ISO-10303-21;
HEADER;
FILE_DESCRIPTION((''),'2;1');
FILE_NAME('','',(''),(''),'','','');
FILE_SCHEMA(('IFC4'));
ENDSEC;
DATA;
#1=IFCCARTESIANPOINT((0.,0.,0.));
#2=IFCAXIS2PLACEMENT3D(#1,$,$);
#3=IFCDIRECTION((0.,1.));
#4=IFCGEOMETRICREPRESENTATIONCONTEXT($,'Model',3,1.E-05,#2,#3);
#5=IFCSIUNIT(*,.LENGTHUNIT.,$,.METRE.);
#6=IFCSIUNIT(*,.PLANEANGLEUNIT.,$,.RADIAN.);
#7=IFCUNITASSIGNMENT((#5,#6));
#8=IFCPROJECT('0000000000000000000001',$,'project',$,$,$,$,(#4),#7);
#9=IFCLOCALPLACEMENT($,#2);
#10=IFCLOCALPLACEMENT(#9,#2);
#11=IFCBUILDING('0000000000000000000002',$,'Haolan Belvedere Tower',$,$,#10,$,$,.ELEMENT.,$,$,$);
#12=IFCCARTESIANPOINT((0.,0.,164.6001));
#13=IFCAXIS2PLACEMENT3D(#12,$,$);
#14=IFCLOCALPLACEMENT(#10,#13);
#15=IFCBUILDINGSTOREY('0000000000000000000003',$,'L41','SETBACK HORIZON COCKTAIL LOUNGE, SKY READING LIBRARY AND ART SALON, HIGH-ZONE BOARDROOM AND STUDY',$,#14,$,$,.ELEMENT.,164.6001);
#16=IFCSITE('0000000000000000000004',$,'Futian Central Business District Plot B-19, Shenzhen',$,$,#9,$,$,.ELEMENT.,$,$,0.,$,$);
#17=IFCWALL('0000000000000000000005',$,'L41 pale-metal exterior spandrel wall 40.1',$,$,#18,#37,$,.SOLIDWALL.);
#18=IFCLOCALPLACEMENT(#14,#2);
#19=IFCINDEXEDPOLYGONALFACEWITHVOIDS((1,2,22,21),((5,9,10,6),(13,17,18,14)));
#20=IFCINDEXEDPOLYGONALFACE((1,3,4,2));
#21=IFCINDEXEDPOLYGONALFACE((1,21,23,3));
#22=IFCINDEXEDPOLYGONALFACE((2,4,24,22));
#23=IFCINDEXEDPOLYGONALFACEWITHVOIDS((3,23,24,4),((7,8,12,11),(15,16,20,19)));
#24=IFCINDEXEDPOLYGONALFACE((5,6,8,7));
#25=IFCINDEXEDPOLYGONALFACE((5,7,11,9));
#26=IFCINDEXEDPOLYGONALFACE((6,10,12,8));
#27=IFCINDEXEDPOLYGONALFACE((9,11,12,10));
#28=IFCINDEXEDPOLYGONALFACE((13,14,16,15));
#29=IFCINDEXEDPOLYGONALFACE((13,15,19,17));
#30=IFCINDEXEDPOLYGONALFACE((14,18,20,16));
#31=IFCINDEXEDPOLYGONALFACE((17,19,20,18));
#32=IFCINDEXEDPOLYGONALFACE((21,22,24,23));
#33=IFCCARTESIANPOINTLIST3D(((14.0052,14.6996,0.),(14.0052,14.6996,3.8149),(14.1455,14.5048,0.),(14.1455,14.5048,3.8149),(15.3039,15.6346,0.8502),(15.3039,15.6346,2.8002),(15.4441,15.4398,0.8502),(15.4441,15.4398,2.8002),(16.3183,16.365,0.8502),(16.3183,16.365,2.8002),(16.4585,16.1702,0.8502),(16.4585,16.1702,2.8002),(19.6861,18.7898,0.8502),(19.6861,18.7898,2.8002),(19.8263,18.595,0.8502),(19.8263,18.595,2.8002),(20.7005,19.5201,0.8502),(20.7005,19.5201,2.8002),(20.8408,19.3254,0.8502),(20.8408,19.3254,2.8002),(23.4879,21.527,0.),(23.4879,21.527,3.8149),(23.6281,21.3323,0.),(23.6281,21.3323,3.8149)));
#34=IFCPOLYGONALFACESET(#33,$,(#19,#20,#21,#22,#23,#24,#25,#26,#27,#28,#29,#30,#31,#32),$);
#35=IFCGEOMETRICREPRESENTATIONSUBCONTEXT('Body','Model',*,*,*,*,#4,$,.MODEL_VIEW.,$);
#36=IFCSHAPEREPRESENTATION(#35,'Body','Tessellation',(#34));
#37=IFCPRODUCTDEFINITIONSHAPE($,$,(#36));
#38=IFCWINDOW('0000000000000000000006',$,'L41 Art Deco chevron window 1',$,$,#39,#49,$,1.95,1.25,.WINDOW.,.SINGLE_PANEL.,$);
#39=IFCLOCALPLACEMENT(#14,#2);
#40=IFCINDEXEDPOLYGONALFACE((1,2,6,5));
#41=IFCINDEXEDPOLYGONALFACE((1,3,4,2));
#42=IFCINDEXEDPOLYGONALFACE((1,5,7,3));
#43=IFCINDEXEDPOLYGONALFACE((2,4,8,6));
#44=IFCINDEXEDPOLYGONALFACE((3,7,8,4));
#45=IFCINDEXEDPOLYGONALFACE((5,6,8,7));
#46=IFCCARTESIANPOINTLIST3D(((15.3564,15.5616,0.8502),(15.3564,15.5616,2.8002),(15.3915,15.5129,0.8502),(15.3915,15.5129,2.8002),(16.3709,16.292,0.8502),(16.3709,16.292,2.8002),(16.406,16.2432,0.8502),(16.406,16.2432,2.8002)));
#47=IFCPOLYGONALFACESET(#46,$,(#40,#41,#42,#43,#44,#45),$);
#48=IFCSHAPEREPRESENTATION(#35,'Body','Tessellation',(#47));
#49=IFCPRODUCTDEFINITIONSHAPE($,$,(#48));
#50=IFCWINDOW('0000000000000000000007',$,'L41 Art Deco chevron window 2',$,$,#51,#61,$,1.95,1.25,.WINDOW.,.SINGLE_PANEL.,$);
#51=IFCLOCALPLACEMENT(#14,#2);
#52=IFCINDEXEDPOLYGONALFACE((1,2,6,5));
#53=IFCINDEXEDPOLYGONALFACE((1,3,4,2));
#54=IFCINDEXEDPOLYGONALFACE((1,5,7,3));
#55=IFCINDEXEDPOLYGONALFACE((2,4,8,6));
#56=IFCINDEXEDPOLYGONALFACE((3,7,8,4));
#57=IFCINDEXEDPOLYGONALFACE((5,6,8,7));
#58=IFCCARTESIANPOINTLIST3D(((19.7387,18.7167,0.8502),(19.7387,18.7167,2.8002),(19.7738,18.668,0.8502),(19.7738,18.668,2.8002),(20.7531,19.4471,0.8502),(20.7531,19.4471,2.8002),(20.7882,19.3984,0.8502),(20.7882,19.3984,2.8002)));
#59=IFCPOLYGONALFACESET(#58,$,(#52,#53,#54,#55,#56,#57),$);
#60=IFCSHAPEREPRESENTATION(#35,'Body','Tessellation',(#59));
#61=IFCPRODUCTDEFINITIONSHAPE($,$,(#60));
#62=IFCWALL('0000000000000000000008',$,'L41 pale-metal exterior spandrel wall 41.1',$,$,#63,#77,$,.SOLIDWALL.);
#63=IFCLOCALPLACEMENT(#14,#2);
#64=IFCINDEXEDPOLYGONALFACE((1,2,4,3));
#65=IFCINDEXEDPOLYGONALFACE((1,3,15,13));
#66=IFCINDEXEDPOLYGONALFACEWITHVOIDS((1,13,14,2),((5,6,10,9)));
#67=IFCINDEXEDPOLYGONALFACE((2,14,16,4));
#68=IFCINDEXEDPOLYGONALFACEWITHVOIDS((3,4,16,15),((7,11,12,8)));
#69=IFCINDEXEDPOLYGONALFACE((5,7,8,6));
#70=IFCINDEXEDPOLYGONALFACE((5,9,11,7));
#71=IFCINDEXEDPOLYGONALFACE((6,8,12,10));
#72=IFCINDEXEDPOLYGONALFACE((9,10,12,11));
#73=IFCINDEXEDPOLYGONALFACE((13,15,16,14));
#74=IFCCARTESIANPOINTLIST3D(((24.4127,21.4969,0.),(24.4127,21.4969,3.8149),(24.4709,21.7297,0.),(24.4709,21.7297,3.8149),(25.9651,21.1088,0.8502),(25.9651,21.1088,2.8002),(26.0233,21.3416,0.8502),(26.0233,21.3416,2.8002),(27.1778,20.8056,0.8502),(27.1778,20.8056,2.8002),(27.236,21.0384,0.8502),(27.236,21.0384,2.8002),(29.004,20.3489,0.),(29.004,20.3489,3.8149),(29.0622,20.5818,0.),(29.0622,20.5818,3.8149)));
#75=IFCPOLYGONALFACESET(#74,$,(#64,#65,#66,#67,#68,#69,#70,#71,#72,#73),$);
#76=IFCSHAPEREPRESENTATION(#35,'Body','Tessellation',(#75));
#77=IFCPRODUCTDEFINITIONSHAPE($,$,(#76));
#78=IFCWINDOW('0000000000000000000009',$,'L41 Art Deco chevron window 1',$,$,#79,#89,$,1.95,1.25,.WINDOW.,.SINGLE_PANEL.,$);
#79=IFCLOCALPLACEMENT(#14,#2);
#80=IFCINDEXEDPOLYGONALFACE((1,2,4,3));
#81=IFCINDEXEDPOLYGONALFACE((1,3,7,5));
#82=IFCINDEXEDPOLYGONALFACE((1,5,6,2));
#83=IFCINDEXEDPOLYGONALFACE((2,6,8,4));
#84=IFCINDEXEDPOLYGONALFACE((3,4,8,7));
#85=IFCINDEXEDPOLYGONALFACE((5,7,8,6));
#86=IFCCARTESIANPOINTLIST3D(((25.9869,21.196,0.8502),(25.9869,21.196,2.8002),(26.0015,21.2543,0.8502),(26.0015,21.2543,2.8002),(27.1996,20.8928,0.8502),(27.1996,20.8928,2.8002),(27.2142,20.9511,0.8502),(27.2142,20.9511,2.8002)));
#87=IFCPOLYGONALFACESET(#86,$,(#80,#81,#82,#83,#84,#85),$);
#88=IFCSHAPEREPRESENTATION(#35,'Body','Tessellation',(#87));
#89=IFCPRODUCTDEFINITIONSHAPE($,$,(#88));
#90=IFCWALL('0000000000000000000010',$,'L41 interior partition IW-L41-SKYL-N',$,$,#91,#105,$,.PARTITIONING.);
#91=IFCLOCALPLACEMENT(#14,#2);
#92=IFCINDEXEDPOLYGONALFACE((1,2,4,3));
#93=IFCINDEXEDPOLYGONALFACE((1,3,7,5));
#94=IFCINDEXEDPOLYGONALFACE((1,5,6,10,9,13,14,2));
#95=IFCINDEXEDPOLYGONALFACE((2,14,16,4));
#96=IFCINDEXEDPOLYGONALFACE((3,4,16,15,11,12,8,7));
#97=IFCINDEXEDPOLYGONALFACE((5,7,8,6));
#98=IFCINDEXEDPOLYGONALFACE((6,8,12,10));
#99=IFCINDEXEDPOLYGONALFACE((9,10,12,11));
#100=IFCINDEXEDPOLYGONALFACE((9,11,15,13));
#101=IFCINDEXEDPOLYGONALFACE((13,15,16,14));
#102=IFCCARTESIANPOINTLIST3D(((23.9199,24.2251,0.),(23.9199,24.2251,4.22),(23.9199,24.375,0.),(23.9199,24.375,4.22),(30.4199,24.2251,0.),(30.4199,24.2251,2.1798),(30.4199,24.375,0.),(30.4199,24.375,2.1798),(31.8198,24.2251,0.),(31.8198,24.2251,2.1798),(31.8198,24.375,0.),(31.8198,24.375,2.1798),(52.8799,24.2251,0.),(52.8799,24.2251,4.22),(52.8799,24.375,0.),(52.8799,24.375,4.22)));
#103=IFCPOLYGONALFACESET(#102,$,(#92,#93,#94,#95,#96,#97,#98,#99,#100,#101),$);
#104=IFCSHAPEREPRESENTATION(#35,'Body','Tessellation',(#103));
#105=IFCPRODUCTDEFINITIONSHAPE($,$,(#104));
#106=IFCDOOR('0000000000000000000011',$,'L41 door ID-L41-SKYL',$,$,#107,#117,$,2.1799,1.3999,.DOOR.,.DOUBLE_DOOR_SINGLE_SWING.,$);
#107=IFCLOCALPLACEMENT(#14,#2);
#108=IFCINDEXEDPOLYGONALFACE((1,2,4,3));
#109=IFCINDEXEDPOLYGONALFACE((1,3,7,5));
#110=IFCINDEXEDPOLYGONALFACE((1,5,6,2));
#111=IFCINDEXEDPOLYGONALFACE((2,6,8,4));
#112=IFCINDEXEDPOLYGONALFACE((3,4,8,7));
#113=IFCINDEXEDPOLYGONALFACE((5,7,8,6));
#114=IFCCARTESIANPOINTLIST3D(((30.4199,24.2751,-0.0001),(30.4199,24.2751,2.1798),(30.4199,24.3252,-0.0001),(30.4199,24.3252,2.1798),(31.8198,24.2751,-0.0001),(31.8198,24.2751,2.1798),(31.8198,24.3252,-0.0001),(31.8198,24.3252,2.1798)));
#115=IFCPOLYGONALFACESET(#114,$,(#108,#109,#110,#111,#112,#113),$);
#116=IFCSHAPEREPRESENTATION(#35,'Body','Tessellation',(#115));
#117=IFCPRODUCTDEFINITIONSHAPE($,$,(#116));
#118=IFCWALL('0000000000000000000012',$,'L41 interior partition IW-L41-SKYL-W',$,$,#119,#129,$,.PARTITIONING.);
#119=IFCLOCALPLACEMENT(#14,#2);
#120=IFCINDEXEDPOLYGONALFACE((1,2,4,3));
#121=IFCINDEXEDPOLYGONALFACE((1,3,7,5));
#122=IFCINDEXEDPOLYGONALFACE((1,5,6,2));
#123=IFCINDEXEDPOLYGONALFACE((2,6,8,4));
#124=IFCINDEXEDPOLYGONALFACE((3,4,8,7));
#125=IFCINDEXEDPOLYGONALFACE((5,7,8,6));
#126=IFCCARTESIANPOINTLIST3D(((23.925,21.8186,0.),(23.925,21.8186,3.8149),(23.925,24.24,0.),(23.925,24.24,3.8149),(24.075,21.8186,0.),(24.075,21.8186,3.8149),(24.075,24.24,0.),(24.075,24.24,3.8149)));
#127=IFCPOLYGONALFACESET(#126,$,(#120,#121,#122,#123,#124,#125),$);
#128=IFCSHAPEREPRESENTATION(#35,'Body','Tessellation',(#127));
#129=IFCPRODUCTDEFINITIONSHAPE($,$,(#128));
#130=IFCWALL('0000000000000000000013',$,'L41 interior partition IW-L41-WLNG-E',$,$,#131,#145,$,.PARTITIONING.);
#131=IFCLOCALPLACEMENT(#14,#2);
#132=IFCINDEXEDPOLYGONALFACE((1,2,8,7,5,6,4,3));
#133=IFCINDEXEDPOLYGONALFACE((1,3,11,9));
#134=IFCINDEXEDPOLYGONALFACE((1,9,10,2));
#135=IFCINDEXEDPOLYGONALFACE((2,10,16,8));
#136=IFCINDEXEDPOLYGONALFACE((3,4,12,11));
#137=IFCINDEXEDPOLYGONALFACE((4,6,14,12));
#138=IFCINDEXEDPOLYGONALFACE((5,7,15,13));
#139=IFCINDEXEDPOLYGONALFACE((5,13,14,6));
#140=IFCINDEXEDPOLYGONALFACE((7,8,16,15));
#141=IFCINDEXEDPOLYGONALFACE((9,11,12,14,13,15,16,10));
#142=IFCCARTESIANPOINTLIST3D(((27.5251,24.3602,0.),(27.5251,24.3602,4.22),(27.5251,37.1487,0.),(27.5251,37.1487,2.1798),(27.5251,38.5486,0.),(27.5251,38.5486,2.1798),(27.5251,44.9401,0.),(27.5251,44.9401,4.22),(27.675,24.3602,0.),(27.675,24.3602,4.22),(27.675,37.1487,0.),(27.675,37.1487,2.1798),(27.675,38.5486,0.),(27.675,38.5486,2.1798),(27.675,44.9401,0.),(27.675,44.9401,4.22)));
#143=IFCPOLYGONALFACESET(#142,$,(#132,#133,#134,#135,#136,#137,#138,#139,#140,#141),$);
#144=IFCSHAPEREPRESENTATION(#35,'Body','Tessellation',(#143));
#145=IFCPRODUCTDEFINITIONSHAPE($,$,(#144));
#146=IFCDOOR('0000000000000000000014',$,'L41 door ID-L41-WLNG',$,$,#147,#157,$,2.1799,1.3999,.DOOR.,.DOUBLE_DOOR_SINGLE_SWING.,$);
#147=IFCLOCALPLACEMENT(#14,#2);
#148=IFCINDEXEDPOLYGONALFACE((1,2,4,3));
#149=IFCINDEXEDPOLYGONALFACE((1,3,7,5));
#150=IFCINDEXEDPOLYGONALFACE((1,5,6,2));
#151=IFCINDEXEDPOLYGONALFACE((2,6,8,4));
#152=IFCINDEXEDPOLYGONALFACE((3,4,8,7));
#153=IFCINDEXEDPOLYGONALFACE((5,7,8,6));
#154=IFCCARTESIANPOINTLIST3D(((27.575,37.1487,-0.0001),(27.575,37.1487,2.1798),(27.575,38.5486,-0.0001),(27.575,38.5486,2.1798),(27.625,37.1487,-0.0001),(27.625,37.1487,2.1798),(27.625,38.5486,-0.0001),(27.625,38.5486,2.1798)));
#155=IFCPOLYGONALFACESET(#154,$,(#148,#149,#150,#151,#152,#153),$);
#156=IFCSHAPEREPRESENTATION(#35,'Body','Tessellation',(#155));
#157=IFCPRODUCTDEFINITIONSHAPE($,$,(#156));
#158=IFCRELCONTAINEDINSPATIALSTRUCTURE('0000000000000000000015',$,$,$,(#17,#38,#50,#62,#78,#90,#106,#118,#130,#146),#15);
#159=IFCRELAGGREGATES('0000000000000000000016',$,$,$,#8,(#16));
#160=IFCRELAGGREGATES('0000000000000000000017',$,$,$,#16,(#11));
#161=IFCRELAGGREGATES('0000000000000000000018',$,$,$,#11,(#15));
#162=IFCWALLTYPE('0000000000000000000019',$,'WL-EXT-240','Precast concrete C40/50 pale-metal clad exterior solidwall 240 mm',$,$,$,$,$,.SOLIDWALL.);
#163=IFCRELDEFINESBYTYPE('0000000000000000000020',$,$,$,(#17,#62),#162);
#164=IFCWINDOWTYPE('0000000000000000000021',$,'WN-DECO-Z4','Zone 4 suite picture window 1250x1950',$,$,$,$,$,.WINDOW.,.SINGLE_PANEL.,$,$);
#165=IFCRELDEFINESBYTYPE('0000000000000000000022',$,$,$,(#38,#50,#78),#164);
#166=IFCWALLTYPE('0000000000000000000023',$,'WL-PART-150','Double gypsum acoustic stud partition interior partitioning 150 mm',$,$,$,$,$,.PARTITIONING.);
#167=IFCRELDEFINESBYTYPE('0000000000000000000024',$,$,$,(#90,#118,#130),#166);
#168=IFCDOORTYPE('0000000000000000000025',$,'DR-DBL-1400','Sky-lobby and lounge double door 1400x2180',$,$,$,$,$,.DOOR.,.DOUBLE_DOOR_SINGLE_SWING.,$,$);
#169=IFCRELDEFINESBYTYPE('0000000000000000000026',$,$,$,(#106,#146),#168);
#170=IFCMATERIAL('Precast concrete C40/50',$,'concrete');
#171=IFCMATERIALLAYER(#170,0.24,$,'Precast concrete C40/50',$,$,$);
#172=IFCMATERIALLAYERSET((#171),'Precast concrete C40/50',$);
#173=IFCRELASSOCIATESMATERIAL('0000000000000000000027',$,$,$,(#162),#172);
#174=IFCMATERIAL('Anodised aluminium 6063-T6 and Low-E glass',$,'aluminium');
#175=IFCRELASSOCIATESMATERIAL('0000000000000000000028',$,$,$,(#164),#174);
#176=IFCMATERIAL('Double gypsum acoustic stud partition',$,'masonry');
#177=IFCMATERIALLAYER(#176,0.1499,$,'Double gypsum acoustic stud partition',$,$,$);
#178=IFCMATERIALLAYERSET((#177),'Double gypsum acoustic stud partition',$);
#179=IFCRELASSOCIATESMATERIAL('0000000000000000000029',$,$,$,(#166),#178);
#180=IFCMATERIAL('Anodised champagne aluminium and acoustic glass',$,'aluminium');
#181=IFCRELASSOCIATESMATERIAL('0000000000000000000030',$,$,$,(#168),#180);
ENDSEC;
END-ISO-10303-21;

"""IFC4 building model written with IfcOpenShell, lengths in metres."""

from ifc_helpers import new_model, si_unit, direction, frame, frame_2d, origin, place, context, subcontext, project, spatial, rectangle, extrude, material, layer, layer_set, type_object, element, fill, save


model = new_model("IFC4")

# Units and contexts
model_context = context("Model", 3, precision=1e-05, world=origin(), true_north=direction((0.0, 1.0)))
body_context = subcontext(model_context, "Body", "Model", "MODEL_VIEW")
ifc_project = project(units=[si_unit("LENGTHUNIT", "METRE"), si_unit("PLANEANGLEUNIT", "RADIAN")], contexts=[model_context])

# Site, building, storey
site_placement = place(None, origin())
site = spatial("IfcSite", under=ifc_project, at=site_placement, Name="Futian Central Business District Plot B-19, Shenzhen", CompositionType="ELEMENT", RefElevation=0.0)
building_placement = place(site_placement, origin())
building = spatial("IfcBuilding", under=site, at=building_placement, Name="Haolan Belvedere Tower", CompositionType="ELEMENT")
storey_placement = place(building_placement, frame((0.0, 0.0, 164.6001)))
storey = spatial("IfcBuildingStorey", under=building, at=storey_placement, Name="L41", Description="SETBACK HORIZON COCKTAIL LOUNGE, SKY READING LIBRARY AND ART SALON, HIGH-ZONE BOARDROOM AND STUDY", CompositionType="ELEMENT", Elevation=164.6001)

# Shared definitions
ifc_material_1 = material(Name="Precast concrete C40/50", Category="concrete")
ifc_layer_1 = layer(ifc_material_1, 0.24, Name="Precast concrete C40/50")
ifc_layer_set_1 = layer_set([ifc_layer_1], Name="Precast concrete C40/50")
wall_type_1 = type_object("IfcWallType", Name="WL-EXT-240", Description="Precast concrete C40/50 pale-metal clad exterior solidwall 240 mm", PredefinedType="SOLIDWALL", material=ifc_layer_set_1)

# Wall, openings, windows
wall_1_placement = place(storey_placement, frame((14.0754, 14.6023, 0.0), z_axis=(0.0, 0.0, 1.0), x_axis=(0.811539, 0.584298, 0.0)))
wall_1 = element("IfcWall", 1, at=wall_1_placement, inside=storey, type_object=wall_type_1, Name="L41 pale-metal exterior spandrel wall 40.1", PredefinedType="SOLIDWALL", context=body_context, shape_type="SweptSolid", body=[
    extrude(rectangle(XDim=11.6848, YDim=0.24, at=frame_2d((5.8423, 0.0))), origin(), (0.0, 0.0, 1.0), 3.8149),
])
opening_1_placement = place(wall_1_placement, frame((1.6001, 0.0, 0.8501)))
opening_1 = element("IfcOpeningElement", 2, at=opening_1_placement, cuts=wall_1, PredefinedType="OPENING", context=body_context, shape_type="SweptSolid", body=[
    extrude(rectangle(XDim=1.25, YDim=1.95, at=frame_2d((0.625, 0.9751))), frame((0.0, 0.1299, 0.0), z_axis=(0.0, -1.0, 0.0), x_axis=(1.0, 0.0, 0.0)), (0.0, 0.0, 1.0), 0.26),
])
opening_2_placement = place(wall_1_placement, frame((7.0, 0.0, 0.8501)))
opening_2 = element("IfcOpeningElement", 3, at=opening_2_placement, cuts=wall_1, PredefinedType="OPENING", context=body_context, shape_type="SweptSolid", body=[
    extrude(rectangle(XDim=1.25, YDim=1.95, at=frame_2d((0.625, 0.9751))), frame((0.0, 0.1299, 0.0), z_axis=(0.0, -1.0, 0.0), x_axis=(1.0, 0.0, 0.0)), (0.0, 0.0, 1.0), 0.26),
])
ifc_material_2 = material(Name="Anodised aluminium 6063-T6 and Low-E glass", Category="aluminium")
window_type = type_object("IfcWindowType", Name="WN-DECO-Z4", Description="Zone 4 suite picture window 1250x1950", PartitioningType="SINGLE_PANEL", PredefinedType="WINDOW", material=ifc_material_2)
window_1_placement = place(opening_1_placement, origin())
window_1 = element("IfcWindow", 4, at=window_1_placement, inside=storey, type_object=window_type, Name="L41 Art Deco chevron window 1", OverallHeight=1.95, OverallWidth=1.25, PartitioningType="SINGLE_PANEL", PredefinedType="WINDOW", context=body_context, shape_type="SweptSolid", body=[
    extrude(rectangle(XDim=1.25, YDim=1.95, at=frame_2d((0.625, 0.9751))), frame((0.0, 0.03, 0.0), z_axis=(0.0, -1.0, 0.0), x_axis=(1.0, 0.0, 0.0)), (0.0, 0.0, 1.0), 0.0601),
])
fill(opening_1, window_1)
window_2_placement = place(opening_2_placement, origin())
window_2 = element("IfcWindow", 5, at=window_2_placement, inside=storey, type_object=window_type, Name="L41 Art Deco chevron window 2", OverallHeight=1.95, OverallWidth=1.25, PartitioningType="SINGLE_PANEL", PredefinedType="WINDOW", context=body_context, shape_type="SweptSolid", body=[
    extrude(rectangle(XDim=1.25, YDim=1.95, at=frame_2d((0.625, 0.9751))), frame((0.0, 0.03, 0.0), z_axis=(0.0, -1.0, 0.0), x_axis=(1.0, 0.0, 0.0)), (0.0, 0.0, 1.0), 0.0601),
])
fill(opening_2, window_2)

# Wall, opening, window
wall_2_placement = place(storey_placement, frame((24.4419, 21.6133, 0.0), z_axis=(0.0, 0.0, 1.0), x_axis=(0.970136, -0.24256, 0.0)))
wall_2 = element("IfcWall", 6, at=wall_2_placement, inside=storey, type_object=wall_type_1, Name="L41 pale-metal exterior spandrel wall 41.1", PredefinedType="SOLIDWALL", context=body_context, shape_type="SweptSolid", body=[
    extrude(rectangle(XDim=4.7327, YDim=0.24, at=frame_2d((2.3662, 0.0))), origin(), (0.0, 0.0, 1.0), 3.8149),
])
opening_3_placement = place(wall_2_placement, frame((1.6001, 0.0, 0.8501)))
opening_3 = element("IfcOpeningElement", 7, at=opening_3_placement, cuts=wall_2, PredefinedType="OPENING", context=body_context, shape_type="SweptSolid", body=[
    extrude(rectangle(XDim=1.25, YDim=1.95, at=frame_2d((0.625, 0.9751))), frame((0.0, 0.1299, 0.0), z_axis=(0.0, -1.0, 0.0), x_axis=(1.0, 0.0, 0.0)), (0.0, 0.0, 1.0), 0.26),
])
window_3_placement = place(opening_3_placement, origin())
window_3 = element("IfcWindow", 8, at=window_3_placement, inside=storey, type_object=window_type, Name="L41 Art Deco chevron window 1", OverallHeight=1.95, OverallWidth=1.25, PartitioningType="SINGLE_PANEL", PredefinedType="WINDOW", context=body_context, shape_type="SweptSolid", body=[
    extrude(rectangle(XDim=1.25, YDim=1.95, at=frame_2d((0.625, 0.9751))), frame((0.0, 0.03, 0.0), z_axis=(0.0, -1.0, 0.0), x_axis=(1.0, 0.0, 0.0)), (0.0, 0.0, 1.0), 0.0601),
])
fill(opening_3, window_3)

# Wall, opening, door
ifc_material_3 = material(Name="Double gypsum acoustic stud partition", Category="masonry")
ifc_layer_2 = layer(ifc_material_3, 0.1499, Name="Double gypsum acoustic stud partition")
ifc_layer_set_2 = layer_set([ifc_layer_2], Name="Double gypsum acoustic stud partition")
wall_type_2 = type_object("IfcWallType", Name="WL-PART-150", Description="Double gypsum acoustic stud partition interior partitioning 150 mm", PredefinedType="PARTITIONING", material=ifc_layer_set_2)
wall_3_placement = place(storey_placement, frame((23.9199, 24.3, 0.0), z_axis=(0.0, 0.0, 1.0), x_axis=(1.0, 0.0, 0.0)))
wall_3 = element("IfcWall", 9, at=wall_3_placement, inside=storey, type_object=wall_type_2, Name="L41 interior partition IW-L41-SKYL-N", PredefinedType="PARTITIONING", context=body_context, shape_type="SweptSolid", body=[
    extrude(rectangle(XDim=28.96, YDim=0.1499, at=frame_2d((14.48, 0.0))), origin(), (0.0, 0.0, 1.0), 4.22),
])
opening_4_placement = place(wall_3_placement, frame((7.8999, 0.0, 0.0), z_axis=(0.0, 0.0, 1.0), x_axis=(-1.0, 0.0, 0.0)))
opening_4 = element("IfcOpeningElement", 10, at=opening_4_placement, cuts=wall_3, PredefinedType="OPENING", context=body_context, shape_type="SweptSolid", body=[
    extrude(rectangle(XDim=1.3999, YDim=2.1799, at=frame_2d((0.7, 1.0898))), frame((0.0, 0.085, 0.0), z_axis=(0.0, -1.0, 0.0), x_axis=(1.0, 0.0, 0.0)), (0.0, 0.0, 1.0), 0.1699),
])
ifc_material_4 = material(Name="Anodised champagne aluminium and acoustic glass", Category="aluminium")
door_type = type_object("IfcDoorType", Name="DR-DBL-1400", Description="Sky-lobby and lounge double door 1400x2180", OperationType="DOUBLE_DOOR_SINGLE_SWING", PredefinedType="DOOR", material=ifc_material_4)
door_1_placement = place(opening_4_placement, origin())
door_1 = element("IfcDoor", 11, at=door_1_placement, inside=storey, type_object=door_type, Name="L41 door ID-L41-SKYL", OperationType="DOUBLE_DOOR_SINGLE_SWING", OverallHeight=2.1799, OverallWidth=1.3999, PredefinedType="DOOR", context=body_context, shape_type="SweptSolid", body=[
    extrude(rectangle(XDim=1.3999, YDim=2.1799, at=frame_2d((0.7, 1.0898))), frame((0.0, 0.0249, 0.0), z_axis=(0.0, -1.0, 0.0), x_axis=(1.0, 0.0, 0.0)), (0.0, 0.0, 1.0), 0.05),
])
fill(opening_4, door_1)

# Wall
wall_4_placement = place(storey_placement, frame((24.0, 21.8186, 0.0), z_axis=(0.0, 0.0, 1.0), x_axis=(0.0, 1.0, 0.0)))
element("IfcWall", 12, at=wall_4_placement, inside=storey, type_object=wall_type_2, Name="L41 interior partition IW-L41-SKYL-W", PredefinedType="PARTITIONING", context=body_context, shape_type="SweptSolid", body=[
    extrude(rectangle(XDim=2.4214, YDim=0.1499, at=frame_2d((1.2107, 0.0))), origin(), (0.0, 0.0, 1.0), 3.8149),
])

# Wall, opening, door
wall_5_placement = place(storey_placement, frame((27.6001, 24.3601, 0.0), z_axis=(0.0, 0.0, 1.0), x_axis=(0.0, 1.0, 0.0)))
wall_5 = element("IfcWall", 13, at=wall_5_placement, inside=storey, type_object=wall_type_2, Name="L41 interior partition IW-L41-WLNG-E", PredefinedType="PARTITIONING", context=body_context, shape_type="SweptSolid", body=[
    extrude(rectangle(XDim=20.5798, YDim=0.1499, at=frame_2d((10.29, 0.0))), origin(), (0.0, 0.0, 1.0), 4.22),
])
opening_5_placement = place(wall_5_placement, frame((14.1885, 0.0, 0.0), z_axis=(0.0, 0.0, 1.0), x_axis=(-1.0, 0.0, 0.0)))
opening_5 = element("IfcOpeningElement", 14, at=opening_5_placement, cuts=wall_5, PredefinedType="OPENING", context=body_context, shape_type="SweptSolid", body=[
    extrude(rectangle(XDim=1.3999, YDim=2.1799, at=frame_2d((0.7, 1.0898))), frame((0.0, 0.085, 0.0), z_axis=(0.0, -1.0, 0.0), x_axis=(1.0, 0.0, 0.0)), (0.0, 0.0, 1.0), 0.1699),
])
door_2_placement = place(opening_5_placement, origin())
door_2 = element("IfcDoor", 15, at=door_2_placement, inside=storey, type_object=door_type, Name="L41 door ID-L41-WLNG", OperationType="DOUBLE_DOOR_SINGLE_SWING", OverallHeight=2.1799, OverallWidth=1.3999, PredefinedType="DOOR", context=body_context, shape_type="SweptSolid", body=[
    extrude(rectangle(XDim=1.3999, YDim=2.1799, at=frame_2d((0.7, 1.0898))), frame((0.0, 0.0249, 0.0), z_axis=(0.0, -1.0, 0.0), x_axis=(1.0, 0.0, 0.0)), (0.0, 0.0, 1.0), 0.05),
])
fill(opening_5, door_2)

save(model, "model.ifc")
